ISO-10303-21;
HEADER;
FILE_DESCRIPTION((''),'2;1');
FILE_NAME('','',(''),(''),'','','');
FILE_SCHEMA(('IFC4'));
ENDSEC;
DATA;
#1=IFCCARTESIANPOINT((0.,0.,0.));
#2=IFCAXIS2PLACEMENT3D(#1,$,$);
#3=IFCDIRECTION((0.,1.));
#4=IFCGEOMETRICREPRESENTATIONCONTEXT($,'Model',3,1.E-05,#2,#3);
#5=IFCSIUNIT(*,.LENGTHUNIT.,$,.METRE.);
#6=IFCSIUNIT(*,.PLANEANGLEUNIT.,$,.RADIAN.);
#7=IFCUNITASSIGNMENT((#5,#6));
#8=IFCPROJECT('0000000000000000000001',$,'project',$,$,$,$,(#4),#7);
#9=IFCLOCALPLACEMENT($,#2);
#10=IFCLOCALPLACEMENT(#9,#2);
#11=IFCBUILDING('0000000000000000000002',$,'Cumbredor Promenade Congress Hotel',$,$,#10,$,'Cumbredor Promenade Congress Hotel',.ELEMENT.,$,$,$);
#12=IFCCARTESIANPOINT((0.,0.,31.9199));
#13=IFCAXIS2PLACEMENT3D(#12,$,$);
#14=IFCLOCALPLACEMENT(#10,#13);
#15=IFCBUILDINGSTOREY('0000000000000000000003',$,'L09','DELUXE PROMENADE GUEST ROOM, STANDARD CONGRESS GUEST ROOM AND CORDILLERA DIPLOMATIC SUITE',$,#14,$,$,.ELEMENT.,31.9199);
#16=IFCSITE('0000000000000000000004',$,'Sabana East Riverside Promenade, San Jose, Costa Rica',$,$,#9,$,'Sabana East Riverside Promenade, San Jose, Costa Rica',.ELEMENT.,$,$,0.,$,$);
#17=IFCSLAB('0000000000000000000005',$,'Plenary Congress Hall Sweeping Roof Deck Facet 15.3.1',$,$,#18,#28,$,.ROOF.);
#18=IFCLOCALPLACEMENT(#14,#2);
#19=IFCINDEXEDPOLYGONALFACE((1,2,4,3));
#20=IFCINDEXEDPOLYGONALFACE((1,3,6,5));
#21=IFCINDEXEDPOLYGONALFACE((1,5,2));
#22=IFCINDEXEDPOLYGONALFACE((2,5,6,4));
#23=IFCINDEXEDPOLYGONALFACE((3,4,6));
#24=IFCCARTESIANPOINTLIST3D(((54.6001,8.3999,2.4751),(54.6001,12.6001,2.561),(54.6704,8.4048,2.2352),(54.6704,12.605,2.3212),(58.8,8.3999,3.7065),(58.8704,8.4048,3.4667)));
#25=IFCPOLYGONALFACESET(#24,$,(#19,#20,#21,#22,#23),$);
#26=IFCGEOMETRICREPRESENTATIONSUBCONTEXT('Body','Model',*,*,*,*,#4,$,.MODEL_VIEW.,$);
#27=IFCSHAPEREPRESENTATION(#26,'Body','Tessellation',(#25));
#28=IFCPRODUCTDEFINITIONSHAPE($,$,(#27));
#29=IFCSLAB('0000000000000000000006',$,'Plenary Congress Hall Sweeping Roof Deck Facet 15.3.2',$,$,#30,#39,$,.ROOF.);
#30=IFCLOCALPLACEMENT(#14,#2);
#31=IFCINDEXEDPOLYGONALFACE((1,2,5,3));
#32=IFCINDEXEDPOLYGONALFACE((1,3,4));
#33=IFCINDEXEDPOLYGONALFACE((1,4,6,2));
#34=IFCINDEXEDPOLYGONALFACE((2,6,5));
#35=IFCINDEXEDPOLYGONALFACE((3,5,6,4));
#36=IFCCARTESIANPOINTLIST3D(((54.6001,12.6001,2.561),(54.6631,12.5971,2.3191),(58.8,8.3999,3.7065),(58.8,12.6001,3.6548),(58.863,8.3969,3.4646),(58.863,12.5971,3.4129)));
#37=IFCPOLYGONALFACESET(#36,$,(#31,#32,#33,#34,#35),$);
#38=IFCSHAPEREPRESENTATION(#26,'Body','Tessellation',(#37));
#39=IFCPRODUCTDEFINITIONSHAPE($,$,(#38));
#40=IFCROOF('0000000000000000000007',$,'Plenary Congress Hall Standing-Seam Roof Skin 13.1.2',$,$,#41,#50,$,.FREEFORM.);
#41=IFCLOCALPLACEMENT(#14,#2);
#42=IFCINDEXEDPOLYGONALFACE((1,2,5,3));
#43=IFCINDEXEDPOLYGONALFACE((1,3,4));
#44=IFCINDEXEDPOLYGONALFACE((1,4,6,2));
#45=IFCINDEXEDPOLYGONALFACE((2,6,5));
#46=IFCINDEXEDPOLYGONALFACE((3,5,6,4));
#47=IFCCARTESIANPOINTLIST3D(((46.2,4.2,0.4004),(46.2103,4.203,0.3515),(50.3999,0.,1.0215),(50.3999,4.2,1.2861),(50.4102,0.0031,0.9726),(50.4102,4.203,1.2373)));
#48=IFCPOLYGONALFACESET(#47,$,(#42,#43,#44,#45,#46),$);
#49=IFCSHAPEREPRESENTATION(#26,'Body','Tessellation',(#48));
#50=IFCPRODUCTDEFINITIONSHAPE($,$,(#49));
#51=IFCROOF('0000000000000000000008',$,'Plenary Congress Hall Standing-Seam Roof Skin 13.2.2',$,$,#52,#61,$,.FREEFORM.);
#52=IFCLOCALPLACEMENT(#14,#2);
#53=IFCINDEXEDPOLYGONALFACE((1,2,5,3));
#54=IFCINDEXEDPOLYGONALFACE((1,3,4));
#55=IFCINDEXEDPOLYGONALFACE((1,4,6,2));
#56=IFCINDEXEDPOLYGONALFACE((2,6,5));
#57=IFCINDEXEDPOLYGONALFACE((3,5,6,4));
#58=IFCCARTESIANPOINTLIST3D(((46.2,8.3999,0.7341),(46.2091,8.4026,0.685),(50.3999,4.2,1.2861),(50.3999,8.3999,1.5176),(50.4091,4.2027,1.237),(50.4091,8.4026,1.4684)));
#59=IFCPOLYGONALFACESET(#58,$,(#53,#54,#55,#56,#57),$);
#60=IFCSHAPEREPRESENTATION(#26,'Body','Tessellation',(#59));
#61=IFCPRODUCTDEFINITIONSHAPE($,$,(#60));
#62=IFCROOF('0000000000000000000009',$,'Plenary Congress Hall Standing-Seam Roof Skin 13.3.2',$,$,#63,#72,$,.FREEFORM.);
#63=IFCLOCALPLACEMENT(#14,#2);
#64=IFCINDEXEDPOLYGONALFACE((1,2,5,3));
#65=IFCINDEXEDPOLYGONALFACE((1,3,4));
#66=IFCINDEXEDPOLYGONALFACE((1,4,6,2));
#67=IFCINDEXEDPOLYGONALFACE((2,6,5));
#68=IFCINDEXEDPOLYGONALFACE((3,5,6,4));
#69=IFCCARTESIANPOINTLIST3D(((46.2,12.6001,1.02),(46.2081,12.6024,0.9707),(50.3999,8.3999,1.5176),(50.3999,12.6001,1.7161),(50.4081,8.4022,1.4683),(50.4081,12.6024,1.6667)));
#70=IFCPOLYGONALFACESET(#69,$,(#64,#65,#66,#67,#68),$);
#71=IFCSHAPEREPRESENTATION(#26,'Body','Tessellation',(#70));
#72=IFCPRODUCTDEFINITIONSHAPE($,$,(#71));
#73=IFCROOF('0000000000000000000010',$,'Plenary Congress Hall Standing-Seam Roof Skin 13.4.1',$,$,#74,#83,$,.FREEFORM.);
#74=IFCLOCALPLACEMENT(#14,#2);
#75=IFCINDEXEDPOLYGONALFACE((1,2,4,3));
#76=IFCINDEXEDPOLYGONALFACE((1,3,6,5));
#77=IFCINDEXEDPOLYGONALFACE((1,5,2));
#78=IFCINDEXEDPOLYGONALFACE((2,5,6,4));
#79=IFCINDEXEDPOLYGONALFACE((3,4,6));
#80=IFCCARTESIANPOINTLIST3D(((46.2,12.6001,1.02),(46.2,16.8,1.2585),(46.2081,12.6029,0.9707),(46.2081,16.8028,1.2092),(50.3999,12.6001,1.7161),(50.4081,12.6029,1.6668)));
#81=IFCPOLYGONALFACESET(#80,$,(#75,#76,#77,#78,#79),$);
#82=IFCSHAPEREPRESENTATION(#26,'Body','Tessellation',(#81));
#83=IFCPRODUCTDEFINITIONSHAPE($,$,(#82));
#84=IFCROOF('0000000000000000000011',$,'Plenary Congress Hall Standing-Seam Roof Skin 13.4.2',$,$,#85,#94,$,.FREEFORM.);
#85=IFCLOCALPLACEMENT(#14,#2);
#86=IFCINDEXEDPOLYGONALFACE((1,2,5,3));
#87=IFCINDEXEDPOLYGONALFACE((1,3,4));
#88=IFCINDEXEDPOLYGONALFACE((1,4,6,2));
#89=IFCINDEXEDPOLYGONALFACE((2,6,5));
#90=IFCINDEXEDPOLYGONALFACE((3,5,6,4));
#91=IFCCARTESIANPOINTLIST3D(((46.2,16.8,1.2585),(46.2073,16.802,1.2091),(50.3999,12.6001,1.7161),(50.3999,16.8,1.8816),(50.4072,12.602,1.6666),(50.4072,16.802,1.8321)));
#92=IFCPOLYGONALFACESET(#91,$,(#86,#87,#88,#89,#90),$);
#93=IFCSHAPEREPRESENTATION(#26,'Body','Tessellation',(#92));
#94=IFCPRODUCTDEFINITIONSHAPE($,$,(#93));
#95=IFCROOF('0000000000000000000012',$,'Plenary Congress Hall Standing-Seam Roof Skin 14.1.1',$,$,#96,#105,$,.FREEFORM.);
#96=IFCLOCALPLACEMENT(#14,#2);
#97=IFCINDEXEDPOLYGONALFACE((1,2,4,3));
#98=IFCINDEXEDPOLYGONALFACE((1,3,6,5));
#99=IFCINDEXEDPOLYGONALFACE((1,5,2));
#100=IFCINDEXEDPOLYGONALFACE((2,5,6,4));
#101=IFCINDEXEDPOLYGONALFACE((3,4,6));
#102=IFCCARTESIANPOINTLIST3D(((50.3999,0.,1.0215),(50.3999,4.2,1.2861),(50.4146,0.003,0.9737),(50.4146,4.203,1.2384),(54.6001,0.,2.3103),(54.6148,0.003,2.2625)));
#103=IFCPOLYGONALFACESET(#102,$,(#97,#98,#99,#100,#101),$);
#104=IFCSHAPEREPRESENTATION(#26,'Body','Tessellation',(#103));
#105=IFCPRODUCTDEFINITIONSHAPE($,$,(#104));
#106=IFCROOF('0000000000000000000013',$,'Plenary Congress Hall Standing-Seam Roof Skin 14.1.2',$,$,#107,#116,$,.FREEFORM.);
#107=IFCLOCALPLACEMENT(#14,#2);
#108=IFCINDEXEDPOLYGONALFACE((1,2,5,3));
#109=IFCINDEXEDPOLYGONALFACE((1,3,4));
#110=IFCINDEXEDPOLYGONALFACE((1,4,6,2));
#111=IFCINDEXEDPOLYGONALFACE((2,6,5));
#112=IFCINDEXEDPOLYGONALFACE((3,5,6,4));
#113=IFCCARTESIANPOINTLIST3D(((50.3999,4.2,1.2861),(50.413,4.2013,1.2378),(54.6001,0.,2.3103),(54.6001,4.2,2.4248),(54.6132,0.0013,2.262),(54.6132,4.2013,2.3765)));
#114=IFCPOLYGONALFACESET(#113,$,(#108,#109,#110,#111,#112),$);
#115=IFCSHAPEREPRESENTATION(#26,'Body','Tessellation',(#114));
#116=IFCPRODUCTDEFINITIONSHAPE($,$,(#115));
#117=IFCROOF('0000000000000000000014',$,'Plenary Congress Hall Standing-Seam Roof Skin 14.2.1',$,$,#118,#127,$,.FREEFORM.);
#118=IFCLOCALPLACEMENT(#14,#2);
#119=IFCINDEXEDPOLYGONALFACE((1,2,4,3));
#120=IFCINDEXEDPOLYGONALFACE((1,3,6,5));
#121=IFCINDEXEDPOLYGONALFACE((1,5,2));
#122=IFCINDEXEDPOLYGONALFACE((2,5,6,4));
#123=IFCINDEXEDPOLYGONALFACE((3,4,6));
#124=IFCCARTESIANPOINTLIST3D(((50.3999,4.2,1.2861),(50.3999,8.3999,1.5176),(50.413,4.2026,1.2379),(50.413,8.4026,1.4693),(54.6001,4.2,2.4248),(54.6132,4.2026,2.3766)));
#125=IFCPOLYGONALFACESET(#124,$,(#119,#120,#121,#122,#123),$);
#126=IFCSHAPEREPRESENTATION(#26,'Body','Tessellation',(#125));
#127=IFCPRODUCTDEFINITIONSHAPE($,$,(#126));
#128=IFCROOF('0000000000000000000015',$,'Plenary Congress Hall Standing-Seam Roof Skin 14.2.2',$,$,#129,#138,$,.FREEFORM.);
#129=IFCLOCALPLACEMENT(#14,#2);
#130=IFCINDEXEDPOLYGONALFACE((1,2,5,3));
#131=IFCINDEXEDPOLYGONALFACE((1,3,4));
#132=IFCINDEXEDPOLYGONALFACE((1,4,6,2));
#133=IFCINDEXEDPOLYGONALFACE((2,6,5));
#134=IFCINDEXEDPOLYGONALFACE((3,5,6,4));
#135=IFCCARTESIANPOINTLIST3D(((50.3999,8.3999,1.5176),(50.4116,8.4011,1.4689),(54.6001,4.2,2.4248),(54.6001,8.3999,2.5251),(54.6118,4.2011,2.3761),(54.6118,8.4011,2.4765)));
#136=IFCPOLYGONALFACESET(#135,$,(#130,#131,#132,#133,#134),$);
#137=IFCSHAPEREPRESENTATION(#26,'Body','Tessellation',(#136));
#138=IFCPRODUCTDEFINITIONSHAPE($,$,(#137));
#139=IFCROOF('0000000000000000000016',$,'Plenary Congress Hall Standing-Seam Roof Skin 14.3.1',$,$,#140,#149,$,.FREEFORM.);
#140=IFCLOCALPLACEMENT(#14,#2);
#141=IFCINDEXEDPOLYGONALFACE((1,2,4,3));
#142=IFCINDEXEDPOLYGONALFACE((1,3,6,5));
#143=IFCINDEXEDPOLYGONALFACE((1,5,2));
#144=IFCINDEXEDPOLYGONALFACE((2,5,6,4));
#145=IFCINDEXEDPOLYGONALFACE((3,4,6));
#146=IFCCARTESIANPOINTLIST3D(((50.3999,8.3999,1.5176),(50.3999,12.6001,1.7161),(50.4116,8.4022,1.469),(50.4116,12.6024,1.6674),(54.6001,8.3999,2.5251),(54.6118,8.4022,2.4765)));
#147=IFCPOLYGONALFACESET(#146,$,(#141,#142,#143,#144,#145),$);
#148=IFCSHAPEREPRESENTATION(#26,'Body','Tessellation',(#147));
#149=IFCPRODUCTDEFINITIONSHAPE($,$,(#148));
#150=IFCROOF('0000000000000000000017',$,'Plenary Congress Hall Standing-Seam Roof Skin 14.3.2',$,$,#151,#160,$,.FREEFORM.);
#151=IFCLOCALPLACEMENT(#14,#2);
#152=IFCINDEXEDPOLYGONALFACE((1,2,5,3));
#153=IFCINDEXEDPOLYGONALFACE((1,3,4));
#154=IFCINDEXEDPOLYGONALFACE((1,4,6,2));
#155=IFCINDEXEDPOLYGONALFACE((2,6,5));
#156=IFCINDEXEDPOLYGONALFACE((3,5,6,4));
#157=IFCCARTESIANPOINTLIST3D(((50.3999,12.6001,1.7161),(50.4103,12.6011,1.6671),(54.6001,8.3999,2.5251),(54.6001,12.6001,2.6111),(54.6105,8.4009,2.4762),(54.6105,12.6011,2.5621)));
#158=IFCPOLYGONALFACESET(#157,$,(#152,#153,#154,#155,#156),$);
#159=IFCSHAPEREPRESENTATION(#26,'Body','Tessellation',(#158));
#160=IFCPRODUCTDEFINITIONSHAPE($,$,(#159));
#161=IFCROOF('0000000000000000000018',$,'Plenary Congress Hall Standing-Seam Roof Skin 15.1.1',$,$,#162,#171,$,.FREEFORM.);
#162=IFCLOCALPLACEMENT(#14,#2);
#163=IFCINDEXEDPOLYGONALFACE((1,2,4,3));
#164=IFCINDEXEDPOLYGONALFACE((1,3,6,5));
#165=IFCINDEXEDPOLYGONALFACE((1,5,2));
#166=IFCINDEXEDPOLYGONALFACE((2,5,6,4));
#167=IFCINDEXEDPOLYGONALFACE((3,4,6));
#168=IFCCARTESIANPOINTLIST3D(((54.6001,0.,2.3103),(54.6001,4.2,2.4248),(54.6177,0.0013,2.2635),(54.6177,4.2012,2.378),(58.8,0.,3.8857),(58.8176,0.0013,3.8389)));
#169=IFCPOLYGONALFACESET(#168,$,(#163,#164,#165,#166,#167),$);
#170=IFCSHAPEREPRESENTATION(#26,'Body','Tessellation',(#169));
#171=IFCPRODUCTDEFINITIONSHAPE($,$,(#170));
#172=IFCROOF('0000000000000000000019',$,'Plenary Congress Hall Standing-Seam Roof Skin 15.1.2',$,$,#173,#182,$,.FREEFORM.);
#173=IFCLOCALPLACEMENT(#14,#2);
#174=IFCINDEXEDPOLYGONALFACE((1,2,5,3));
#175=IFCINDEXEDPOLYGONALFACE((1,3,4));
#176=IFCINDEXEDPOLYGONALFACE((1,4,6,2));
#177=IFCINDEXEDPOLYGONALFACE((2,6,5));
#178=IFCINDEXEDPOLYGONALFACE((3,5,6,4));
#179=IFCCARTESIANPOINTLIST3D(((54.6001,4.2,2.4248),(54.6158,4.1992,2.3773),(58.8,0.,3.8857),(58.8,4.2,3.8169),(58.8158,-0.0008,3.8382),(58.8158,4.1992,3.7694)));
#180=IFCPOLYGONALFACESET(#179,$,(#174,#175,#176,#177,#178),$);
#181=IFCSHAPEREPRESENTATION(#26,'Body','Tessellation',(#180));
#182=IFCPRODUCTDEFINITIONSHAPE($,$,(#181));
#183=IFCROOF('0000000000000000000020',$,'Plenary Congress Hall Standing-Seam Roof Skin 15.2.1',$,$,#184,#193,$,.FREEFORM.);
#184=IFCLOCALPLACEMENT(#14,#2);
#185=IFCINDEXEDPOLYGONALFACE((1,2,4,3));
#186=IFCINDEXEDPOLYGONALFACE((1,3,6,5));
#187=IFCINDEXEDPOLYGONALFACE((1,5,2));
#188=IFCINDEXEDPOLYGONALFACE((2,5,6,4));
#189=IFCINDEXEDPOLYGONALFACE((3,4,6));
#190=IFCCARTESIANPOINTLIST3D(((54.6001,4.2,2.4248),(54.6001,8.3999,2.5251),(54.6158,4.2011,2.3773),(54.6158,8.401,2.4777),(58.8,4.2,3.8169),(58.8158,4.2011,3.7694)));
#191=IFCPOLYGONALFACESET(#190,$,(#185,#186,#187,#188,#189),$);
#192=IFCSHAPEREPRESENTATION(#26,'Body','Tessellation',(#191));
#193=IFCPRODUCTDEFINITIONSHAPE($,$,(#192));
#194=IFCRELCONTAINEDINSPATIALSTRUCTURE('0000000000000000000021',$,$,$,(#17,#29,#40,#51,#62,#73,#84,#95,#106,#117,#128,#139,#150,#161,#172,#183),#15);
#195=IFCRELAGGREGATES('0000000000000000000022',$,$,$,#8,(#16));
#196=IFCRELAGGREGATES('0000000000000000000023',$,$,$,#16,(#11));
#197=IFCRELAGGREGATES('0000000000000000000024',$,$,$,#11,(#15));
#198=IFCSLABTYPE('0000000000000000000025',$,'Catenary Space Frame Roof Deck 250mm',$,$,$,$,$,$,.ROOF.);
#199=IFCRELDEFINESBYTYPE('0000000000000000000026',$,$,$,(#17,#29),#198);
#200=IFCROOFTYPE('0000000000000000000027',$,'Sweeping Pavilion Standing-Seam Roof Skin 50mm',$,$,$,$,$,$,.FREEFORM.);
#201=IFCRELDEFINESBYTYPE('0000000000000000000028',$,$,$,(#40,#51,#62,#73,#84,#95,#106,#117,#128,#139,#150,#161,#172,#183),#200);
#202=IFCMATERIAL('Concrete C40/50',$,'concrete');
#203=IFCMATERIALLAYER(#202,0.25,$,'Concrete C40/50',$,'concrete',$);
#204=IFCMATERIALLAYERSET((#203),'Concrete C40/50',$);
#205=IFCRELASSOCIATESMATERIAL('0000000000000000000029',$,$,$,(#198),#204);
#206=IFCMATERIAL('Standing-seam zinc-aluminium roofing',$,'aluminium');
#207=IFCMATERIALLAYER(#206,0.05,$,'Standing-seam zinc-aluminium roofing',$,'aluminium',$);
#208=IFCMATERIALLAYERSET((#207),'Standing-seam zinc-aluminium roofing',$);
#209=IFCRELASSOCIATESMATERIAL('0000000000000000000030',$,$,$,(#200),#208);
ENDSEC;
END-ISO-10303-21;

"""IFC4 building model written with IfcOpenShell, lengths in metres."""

from ifc_helpers import new_model, si_unit, direction, frame, origin, place, context, subcontext, project, spatial, polyline, outline, extrude, material, layer, layer_set, type_object, element, save


model = new_model("IFC4")

# Units and contexts
model_context = context("Model", 3, precision=1e-05, world=origin(), true_north=direction((0.0, 1.0)))
body_context = subcontext(model_context, "Body", "Model", "MODEL_VIEW")
ifc_project = project(units=[si_unit("LENGTHUNIT", "METRE"), si_unit("PLANEANGLEUNIT", "RADIAN")], contexts=[model_context])

# Site, building, storey
site_placement = place(None, origin())
site = spatial("IfcSite", under=ifc_project, at=site_placement, Name="Sabana East Riverside Promenade, San Jose, Costa Rica", LongName="Sabana East Riverside Promenade, San Jose, Costa Rica", CompositionType="ELEMENT", RefElevation=0.0)
building_placement = place(site_placement, origin())
building = spatial("IfcBuilding", under=site, at=building_placement, Name="Cumbredor Promenade Congress Hotel", LongName="Cumbredor Promenade Congress Hotel", CompositionType="ELEMENT")
storey_placement = place(building_placement, frame((0.0, 0.0, 31.9199)))
storey = spatial("IfcBuildingStorey", under=building, at=storey_placement, Name="L09", Description="DELUXE PROMENADE GUEST ROOM, STANDARD CONGRESS GUEST ROOM AND CORDILLERA DIPLOMATIC SUITE", CompositionType="ELEMENT", Elevation=31.9199)

# Slabs
ifc_material_1 = material(Name="Concrete C40/50", Category="concrete")
ifc_layer_1 = layer(ifc_material_1, 0.25, Name="Concrete C40/50", Category="concrete")
ifc_layer_set_1 = layer_set([ifc_layer_1], Name="Concrete C40/50")
slab_type = type_object("IfcSlabType", Name="Catenary Space Frame Roof Deck 250mm", PredefinedType="ROOF", material=ifc_layer_set_1)
slab_1_placement = place(storey_placement, frame((54.6001, 8.3999, 2.4751), z_axis=(-0.281306, -0.01963, 0.959417), x_axis=(0.959602, 0.0, 0.28136)))
element("IfcSlab", 1, at=slab_1_placement, inside=storey, type_object=slab_type, Name="Plenary Congress Hall Sweeping Roof Deck Facet 15.3.1", PredefinedType="ROOF", context=body_context, shape_type="SweptSolid", body=[
    extrude(outline(polyline([(0.0, 0.0), (4.3768, 0.0), (0.0242, 4.201), (0.0, 0.0)])), origin(), (0.0, 0.0, -1.0), 0.25),
])
slab_2_placement = place(storey_placement, frame((58.8, 8.3999, 3.7065), z_axis=(-0.251996, 0.011924, 0.967655), x_axis=(0.0, 0.999924, -0.012322)))
element("IfcSlab", 2, at=slab_2_placement, inside=storey, type_object=slab_type, Name="Plenary Congress Hall Sweeping Roof Deck Facet 15.3.2", PredefinedType="ROOF", context=body_context, shape_type="SweptSolid", body=[
    extrude(outline(polyline([(0.0, 0.0), (4.2005, 0.0), (4.214, 4.34), (0.0, 0.0)])), origin(), (0.0, 0.0, -1.0), 0.25),
])

# Roofs
ifc_material_2 = material(Name="Standing-seam zinc-aluminium roofing", Category="aluminium")
ifc_layer_2 = layer(ifc_material_2, 0.05, Name="Standing-seam zinc-aluminium roofing", Category="aluminium")
ifc_layer_set_2 = layer_set([ifc_layer_2], Name="Standing-seam zinc-aluminium roofing")
roof_type = type_object("IfcRoofType", Name="Sweeping Pavilion Standing-Seam Roof Skin 50mm", PredefinedType="FREEFORM", material=ifc_layer_set_2)
roof_1_placement = place(storey_placement, frame((50.3999, 0.0, 1.0215), z_axis=(-0.205963, -0.061539, 0.976623), x_axis=(0.0, 0.998021, 0.062888)))
element("IfcRoof", 3, at=roof_1_placement, inside=storey, type_object=roof_type, Name="Plenary Congress Hall Standing-Seam Roof Skin 13.1.2", PredefinedType="FREEFORM", context=body_context, shape_type="SweptSolid", body=[
    extrude(outline(polyline([(0.0, 0.0), (4.2083, 0.0), (4.1526, 4.292), (0.0, 0.0)])), origin(), (0.0, 0.0, -1.0), 0.05),
])
roof_2_placement = place(storey_placement, frame((50.3999, 4.2, 1.2861), z_axis=(-0.183106, -0.054093, 0.981604), x_axis=(0.0, 0.998485, 0.055023)))
element("IfcRoof", 4, at=roof_2_placement, inside=storey, type_object=roof_type, Name="Plenary Congress Hall Standing-Seam Roof Skin 13.2.2", PredefinedType="FREEFORM", context=body_context, shape_type="SweptSolid", body=[
    extrude(outline(polyline([(0.0, 0.0), (4.2063, 0.0), (4.1632, 4.2722), (0.0, 0.0)])), origin(), (0.0, 0.0, -1.0), 0.05),
])
roof_3_placement = place(storey_placement, frame((50.3999, 8.3999, 1.5176), z_axis=(-0.163319, -0.04657, 0.985473), x_axis=(0.0, 0.998885, 0.047204)))
element("IfcRoof", 5, at=roof_3_placement, inside=storey, type_object=roof_type, Name="Plenary Congress Hall Standing-Seam Roof Skin 13.3.2", PredefinedType="FREEFORM", context=body_context, shape_type="SweptSolid", body=[
    extrude(outline(polyline([(0.0, 0.0), (4.2049, 0.0), (4.172, 4.2571), (0.0, 0.0)])), origin(), (0.0, 0.0, -1.0), 0.05),
])
roof_4_placement = place(storey_placement, frame((46.2, 12.6001, 1.02), z_axis=(-0.163241, -0.05594, 0.984999), x_axis=(0.986544, 0.0, 0.163497)))
element("IfcRoof", 6, at=roof_4_placement, inside=storey, type_object=roof_type, Name="Plenary Congress Hall Standing-Seam Roof Skin 13.4.1", PredefinedType="FREEFORM", context=body_context, shape_type="SweptSolid", body=[
    extrude(outline(polyline([(0.0, 0.0), (4.2572, 0.0), (0.039, 4.2065), (0.0, 0.0)])), origin(), (0.0, 0.0, -1.0), 0.05),
])
roof_5_placement = place(storey_placement, frame((50.3999, 12.6001, 1.7161), z_axis=(-0.146629, -0.038956, 0.988424), x_axis=(0.0, 0.999224, 0.039381)))
element("IfcRoof", 7, at=roof_5_placement, inside=storey, type_object=roof_type, Name="Plenary Congress Hall Standing-Seam Roof Skin 13.4.2", PredefinedType="FREEFORM", context=body_context, shape_type="SweptSolid", body=[
    extrude(outline(polyline([(0.0, 0.0), (4.2032, 0.0), (4.1787, 4.2458), (0.0, 0.0)])), origin(), (0.0, 0.0, -1.0), 0.05),
])
roof_6_placement = place(storey_placement, frame((50.3999, 0.0, 1.0215), z_axis=(-0.292817, -0.060131, 0.954276), x_axis=(0.956006, 0.0, 0.293348)))
element("IfcRoof", 8, at=roof_6_placement, inside=storey, type_object=roof_type, Name="Plenary Congress Hall Standing-Seam Roof Skin 14.1.1", PredefinedType="FREEFORM", context=body_context, shape_type="SweptSolid", body=[
    extrude(outline(polyline([(0.0, 0.0), (4.3935, 0.0), (0.0776, 4.2076), (0.0, 0.0)])), origin(), (0.0, 0.0, -1.0), 0.05),
])
roof_7_placement = place(storey_placement, frame((54.6001, 0.0, 2.3103), z_axis=(-0.261564, -0.026304, 0.964828), x_axis=(0.0, 0.999629, 0.027253)))
element("IfcRoof", 9, at=roof_7_placement, inside=storey, type_object=roof_type, Name="Plenary Congress Hall Standing-Seam Roof Skin 14.1.2", PredefinedType="FREEFORM", context=body_context, shape_type="SweptSolid", body=[
    extrude(outline(polyline([(0.0, 0.0), (4.2015, 0.0), (4.1705, 4.3517), (0.0, 0.0)])), origin(), (0.0, 0.0, -1.0), 0.05),
])
roof_8_placement = place(storey_placement, frame((50.3999, 4.2, 1.2861), z_axis=(-0.261286, -0.053112, 0.963799), x_axis=(0.965161, 0.0, 0.261655)))
element("IfcRoof", 10, at=roof_8_placement, inside=storey, type_object=roof_type, Name="Plenary Congress Hall Standing-Seam Roof Skin 14.2.1", PredefinedType="FREEFORM", context=body_context, shape_type="SweptSolid", body=[
    extrude(outline(polyline([(0.0, 0.0), (4.3518, 0.0), (0.0606, 4.2059), (0.0, 0.0)])), origin(), (0.0, 0.0, -1.0), 0.05),
])
roof_9_placement = place(storey_placement, frame((54.6001, 4.2, 2.4248), z_axis=(-0.233205, -0.023226, 0.97215), x_axis=(0.0, 0.999715, 0.023884)))
element("IfcRoof", 11, at=roof_9_placement, inside=storey, type_object=roof_type, Name="Plenary Congress Hall Standing-Seam Roof Skin 14.2.2", PredefinedType="FREEFORM", context=body_context, shape_type="SweptSolid", body=[
    extrude(outline(polyline([(0.0, 0.0), (4.2011, 0.0), (4.1771, 4.3193), (0.0, 0.0)])), origin(), (0.0, 0.0, -1.0), 0.05),
])
roof_10_placement = place(storey_placement, frame((50.3999, 8.3999, 1.5176), z_axis=(-0.233022, -0.045904, 0.971387), x_axis=(0.972412, 0.0, 0.233268)))
element("IfcRoof", 12, at=roof_10_placement, inside=storey, type_object=roof_type, Name="Plenary Congress Hall Standing-Seam Roof Skin 14.3.1", PredefinedType="FREEFORM", context=body_context, shape_type="SweptSolid", body=[
    extrude(outline(polyline([(0.0, 0.0), (4.3194, 0.0), (0.0463, 4.2046), (0.0, 0.0)])), origin(), (0.0, 0.0, -1.0), 0.05),
])
roof_11_placement = place(storey_placement, frame((54.6001, 8.3999, 2.5251), z_axis=(-0.208369, -0.020007, 0.977846), x_axis=(0.0, 0.999791, 0.020456)))
element("IfcRoof", 13, at=roof_11_placement, inside=storey, type_object=roof_type, Name="Plenary Congress Hall Standing-Seam Roof Skin 14.3.2", PredefinedType="FREEFORM", context=body_context, shape_type="SweptSolid", body=[
    extrude(outline(polyline([(0.0, 0.0), (4.2011, 0.0), (4.1828, 4.2945), (0.0, 0.0)])), origin(), (0.0, 0.0, -1.0), 0.05),
])
roof_12_placement = place(storey_placement, frame((54.6001, 0.0, 2.3103), z_axis=(-0.351099, -0.025518, 0.935991), x_axis=(0.936296, 0.0, 0.351213)))
element("IfcRoof", 14, at=roof_12_placement, inside=storey, type_object=roof_type, Name="Plenary Congress Hall Standing-Seam Roof Skin 15.1.1", PredefinedType="FREEFORM", context=body_context, shape_type="SweptSolid", body=[
    extrude(outline(polyline([(0.0, 0.0), (4.4857, 0.0), (0.0402, 4.2013), (0.0, 0.0)])), origin(), (0.0, 0.0, -1.0), 0.05),
])
roof_13_placement = place(storey_placement, frame((58.8, 0.0, 3.8857), z_axis=(-0.314584, 0.015558, 0.949102), x_axis=(0.0, 0.999866, -0.01639)))
element("IfcRoof", 15, at=roof_13_placement, inside=storey, type_object=roof_type, Name="Plenary Congress Hall Standing-Seam Roof Skin 15.1.2", PredefinedType="FREEFORM", context=body_context, shape_type="SweptSolid", body=[
    extrude(outline(polyline([(0.0, 0.0), (4.2005, 0.0), (4.2233, 4.4246), (0.0, 0.0)])), origin(), (0.0, 0.0, -1.0), 0.05),
])
roof_14_placement = place(storey_placement, frame((54.6001, 4.2, 2.4248), z_axis=(-0.314541, -0.022672, 0.948973), x_axis=(0.949217, 0.0, 0.314622)))
element("IfcRoof", 16, at=roof_14_placement, inside=storey, type_object=roof_type, Name="Plenary Congress Hall Standing-Seam Roof Skin 15.2.1", PredefinedType="FREEFORM", context=body_context, shape_type="SweptSolid", body=[
    extrude(outline(polyline([(0.0, 0.0), (4.4246, 0.0), (0.0316, 4.201), (0.0, 0.0)])), origin(), (0.0, 0.0, -1.0), 0.05),
])

save(model, "model.ifc")
